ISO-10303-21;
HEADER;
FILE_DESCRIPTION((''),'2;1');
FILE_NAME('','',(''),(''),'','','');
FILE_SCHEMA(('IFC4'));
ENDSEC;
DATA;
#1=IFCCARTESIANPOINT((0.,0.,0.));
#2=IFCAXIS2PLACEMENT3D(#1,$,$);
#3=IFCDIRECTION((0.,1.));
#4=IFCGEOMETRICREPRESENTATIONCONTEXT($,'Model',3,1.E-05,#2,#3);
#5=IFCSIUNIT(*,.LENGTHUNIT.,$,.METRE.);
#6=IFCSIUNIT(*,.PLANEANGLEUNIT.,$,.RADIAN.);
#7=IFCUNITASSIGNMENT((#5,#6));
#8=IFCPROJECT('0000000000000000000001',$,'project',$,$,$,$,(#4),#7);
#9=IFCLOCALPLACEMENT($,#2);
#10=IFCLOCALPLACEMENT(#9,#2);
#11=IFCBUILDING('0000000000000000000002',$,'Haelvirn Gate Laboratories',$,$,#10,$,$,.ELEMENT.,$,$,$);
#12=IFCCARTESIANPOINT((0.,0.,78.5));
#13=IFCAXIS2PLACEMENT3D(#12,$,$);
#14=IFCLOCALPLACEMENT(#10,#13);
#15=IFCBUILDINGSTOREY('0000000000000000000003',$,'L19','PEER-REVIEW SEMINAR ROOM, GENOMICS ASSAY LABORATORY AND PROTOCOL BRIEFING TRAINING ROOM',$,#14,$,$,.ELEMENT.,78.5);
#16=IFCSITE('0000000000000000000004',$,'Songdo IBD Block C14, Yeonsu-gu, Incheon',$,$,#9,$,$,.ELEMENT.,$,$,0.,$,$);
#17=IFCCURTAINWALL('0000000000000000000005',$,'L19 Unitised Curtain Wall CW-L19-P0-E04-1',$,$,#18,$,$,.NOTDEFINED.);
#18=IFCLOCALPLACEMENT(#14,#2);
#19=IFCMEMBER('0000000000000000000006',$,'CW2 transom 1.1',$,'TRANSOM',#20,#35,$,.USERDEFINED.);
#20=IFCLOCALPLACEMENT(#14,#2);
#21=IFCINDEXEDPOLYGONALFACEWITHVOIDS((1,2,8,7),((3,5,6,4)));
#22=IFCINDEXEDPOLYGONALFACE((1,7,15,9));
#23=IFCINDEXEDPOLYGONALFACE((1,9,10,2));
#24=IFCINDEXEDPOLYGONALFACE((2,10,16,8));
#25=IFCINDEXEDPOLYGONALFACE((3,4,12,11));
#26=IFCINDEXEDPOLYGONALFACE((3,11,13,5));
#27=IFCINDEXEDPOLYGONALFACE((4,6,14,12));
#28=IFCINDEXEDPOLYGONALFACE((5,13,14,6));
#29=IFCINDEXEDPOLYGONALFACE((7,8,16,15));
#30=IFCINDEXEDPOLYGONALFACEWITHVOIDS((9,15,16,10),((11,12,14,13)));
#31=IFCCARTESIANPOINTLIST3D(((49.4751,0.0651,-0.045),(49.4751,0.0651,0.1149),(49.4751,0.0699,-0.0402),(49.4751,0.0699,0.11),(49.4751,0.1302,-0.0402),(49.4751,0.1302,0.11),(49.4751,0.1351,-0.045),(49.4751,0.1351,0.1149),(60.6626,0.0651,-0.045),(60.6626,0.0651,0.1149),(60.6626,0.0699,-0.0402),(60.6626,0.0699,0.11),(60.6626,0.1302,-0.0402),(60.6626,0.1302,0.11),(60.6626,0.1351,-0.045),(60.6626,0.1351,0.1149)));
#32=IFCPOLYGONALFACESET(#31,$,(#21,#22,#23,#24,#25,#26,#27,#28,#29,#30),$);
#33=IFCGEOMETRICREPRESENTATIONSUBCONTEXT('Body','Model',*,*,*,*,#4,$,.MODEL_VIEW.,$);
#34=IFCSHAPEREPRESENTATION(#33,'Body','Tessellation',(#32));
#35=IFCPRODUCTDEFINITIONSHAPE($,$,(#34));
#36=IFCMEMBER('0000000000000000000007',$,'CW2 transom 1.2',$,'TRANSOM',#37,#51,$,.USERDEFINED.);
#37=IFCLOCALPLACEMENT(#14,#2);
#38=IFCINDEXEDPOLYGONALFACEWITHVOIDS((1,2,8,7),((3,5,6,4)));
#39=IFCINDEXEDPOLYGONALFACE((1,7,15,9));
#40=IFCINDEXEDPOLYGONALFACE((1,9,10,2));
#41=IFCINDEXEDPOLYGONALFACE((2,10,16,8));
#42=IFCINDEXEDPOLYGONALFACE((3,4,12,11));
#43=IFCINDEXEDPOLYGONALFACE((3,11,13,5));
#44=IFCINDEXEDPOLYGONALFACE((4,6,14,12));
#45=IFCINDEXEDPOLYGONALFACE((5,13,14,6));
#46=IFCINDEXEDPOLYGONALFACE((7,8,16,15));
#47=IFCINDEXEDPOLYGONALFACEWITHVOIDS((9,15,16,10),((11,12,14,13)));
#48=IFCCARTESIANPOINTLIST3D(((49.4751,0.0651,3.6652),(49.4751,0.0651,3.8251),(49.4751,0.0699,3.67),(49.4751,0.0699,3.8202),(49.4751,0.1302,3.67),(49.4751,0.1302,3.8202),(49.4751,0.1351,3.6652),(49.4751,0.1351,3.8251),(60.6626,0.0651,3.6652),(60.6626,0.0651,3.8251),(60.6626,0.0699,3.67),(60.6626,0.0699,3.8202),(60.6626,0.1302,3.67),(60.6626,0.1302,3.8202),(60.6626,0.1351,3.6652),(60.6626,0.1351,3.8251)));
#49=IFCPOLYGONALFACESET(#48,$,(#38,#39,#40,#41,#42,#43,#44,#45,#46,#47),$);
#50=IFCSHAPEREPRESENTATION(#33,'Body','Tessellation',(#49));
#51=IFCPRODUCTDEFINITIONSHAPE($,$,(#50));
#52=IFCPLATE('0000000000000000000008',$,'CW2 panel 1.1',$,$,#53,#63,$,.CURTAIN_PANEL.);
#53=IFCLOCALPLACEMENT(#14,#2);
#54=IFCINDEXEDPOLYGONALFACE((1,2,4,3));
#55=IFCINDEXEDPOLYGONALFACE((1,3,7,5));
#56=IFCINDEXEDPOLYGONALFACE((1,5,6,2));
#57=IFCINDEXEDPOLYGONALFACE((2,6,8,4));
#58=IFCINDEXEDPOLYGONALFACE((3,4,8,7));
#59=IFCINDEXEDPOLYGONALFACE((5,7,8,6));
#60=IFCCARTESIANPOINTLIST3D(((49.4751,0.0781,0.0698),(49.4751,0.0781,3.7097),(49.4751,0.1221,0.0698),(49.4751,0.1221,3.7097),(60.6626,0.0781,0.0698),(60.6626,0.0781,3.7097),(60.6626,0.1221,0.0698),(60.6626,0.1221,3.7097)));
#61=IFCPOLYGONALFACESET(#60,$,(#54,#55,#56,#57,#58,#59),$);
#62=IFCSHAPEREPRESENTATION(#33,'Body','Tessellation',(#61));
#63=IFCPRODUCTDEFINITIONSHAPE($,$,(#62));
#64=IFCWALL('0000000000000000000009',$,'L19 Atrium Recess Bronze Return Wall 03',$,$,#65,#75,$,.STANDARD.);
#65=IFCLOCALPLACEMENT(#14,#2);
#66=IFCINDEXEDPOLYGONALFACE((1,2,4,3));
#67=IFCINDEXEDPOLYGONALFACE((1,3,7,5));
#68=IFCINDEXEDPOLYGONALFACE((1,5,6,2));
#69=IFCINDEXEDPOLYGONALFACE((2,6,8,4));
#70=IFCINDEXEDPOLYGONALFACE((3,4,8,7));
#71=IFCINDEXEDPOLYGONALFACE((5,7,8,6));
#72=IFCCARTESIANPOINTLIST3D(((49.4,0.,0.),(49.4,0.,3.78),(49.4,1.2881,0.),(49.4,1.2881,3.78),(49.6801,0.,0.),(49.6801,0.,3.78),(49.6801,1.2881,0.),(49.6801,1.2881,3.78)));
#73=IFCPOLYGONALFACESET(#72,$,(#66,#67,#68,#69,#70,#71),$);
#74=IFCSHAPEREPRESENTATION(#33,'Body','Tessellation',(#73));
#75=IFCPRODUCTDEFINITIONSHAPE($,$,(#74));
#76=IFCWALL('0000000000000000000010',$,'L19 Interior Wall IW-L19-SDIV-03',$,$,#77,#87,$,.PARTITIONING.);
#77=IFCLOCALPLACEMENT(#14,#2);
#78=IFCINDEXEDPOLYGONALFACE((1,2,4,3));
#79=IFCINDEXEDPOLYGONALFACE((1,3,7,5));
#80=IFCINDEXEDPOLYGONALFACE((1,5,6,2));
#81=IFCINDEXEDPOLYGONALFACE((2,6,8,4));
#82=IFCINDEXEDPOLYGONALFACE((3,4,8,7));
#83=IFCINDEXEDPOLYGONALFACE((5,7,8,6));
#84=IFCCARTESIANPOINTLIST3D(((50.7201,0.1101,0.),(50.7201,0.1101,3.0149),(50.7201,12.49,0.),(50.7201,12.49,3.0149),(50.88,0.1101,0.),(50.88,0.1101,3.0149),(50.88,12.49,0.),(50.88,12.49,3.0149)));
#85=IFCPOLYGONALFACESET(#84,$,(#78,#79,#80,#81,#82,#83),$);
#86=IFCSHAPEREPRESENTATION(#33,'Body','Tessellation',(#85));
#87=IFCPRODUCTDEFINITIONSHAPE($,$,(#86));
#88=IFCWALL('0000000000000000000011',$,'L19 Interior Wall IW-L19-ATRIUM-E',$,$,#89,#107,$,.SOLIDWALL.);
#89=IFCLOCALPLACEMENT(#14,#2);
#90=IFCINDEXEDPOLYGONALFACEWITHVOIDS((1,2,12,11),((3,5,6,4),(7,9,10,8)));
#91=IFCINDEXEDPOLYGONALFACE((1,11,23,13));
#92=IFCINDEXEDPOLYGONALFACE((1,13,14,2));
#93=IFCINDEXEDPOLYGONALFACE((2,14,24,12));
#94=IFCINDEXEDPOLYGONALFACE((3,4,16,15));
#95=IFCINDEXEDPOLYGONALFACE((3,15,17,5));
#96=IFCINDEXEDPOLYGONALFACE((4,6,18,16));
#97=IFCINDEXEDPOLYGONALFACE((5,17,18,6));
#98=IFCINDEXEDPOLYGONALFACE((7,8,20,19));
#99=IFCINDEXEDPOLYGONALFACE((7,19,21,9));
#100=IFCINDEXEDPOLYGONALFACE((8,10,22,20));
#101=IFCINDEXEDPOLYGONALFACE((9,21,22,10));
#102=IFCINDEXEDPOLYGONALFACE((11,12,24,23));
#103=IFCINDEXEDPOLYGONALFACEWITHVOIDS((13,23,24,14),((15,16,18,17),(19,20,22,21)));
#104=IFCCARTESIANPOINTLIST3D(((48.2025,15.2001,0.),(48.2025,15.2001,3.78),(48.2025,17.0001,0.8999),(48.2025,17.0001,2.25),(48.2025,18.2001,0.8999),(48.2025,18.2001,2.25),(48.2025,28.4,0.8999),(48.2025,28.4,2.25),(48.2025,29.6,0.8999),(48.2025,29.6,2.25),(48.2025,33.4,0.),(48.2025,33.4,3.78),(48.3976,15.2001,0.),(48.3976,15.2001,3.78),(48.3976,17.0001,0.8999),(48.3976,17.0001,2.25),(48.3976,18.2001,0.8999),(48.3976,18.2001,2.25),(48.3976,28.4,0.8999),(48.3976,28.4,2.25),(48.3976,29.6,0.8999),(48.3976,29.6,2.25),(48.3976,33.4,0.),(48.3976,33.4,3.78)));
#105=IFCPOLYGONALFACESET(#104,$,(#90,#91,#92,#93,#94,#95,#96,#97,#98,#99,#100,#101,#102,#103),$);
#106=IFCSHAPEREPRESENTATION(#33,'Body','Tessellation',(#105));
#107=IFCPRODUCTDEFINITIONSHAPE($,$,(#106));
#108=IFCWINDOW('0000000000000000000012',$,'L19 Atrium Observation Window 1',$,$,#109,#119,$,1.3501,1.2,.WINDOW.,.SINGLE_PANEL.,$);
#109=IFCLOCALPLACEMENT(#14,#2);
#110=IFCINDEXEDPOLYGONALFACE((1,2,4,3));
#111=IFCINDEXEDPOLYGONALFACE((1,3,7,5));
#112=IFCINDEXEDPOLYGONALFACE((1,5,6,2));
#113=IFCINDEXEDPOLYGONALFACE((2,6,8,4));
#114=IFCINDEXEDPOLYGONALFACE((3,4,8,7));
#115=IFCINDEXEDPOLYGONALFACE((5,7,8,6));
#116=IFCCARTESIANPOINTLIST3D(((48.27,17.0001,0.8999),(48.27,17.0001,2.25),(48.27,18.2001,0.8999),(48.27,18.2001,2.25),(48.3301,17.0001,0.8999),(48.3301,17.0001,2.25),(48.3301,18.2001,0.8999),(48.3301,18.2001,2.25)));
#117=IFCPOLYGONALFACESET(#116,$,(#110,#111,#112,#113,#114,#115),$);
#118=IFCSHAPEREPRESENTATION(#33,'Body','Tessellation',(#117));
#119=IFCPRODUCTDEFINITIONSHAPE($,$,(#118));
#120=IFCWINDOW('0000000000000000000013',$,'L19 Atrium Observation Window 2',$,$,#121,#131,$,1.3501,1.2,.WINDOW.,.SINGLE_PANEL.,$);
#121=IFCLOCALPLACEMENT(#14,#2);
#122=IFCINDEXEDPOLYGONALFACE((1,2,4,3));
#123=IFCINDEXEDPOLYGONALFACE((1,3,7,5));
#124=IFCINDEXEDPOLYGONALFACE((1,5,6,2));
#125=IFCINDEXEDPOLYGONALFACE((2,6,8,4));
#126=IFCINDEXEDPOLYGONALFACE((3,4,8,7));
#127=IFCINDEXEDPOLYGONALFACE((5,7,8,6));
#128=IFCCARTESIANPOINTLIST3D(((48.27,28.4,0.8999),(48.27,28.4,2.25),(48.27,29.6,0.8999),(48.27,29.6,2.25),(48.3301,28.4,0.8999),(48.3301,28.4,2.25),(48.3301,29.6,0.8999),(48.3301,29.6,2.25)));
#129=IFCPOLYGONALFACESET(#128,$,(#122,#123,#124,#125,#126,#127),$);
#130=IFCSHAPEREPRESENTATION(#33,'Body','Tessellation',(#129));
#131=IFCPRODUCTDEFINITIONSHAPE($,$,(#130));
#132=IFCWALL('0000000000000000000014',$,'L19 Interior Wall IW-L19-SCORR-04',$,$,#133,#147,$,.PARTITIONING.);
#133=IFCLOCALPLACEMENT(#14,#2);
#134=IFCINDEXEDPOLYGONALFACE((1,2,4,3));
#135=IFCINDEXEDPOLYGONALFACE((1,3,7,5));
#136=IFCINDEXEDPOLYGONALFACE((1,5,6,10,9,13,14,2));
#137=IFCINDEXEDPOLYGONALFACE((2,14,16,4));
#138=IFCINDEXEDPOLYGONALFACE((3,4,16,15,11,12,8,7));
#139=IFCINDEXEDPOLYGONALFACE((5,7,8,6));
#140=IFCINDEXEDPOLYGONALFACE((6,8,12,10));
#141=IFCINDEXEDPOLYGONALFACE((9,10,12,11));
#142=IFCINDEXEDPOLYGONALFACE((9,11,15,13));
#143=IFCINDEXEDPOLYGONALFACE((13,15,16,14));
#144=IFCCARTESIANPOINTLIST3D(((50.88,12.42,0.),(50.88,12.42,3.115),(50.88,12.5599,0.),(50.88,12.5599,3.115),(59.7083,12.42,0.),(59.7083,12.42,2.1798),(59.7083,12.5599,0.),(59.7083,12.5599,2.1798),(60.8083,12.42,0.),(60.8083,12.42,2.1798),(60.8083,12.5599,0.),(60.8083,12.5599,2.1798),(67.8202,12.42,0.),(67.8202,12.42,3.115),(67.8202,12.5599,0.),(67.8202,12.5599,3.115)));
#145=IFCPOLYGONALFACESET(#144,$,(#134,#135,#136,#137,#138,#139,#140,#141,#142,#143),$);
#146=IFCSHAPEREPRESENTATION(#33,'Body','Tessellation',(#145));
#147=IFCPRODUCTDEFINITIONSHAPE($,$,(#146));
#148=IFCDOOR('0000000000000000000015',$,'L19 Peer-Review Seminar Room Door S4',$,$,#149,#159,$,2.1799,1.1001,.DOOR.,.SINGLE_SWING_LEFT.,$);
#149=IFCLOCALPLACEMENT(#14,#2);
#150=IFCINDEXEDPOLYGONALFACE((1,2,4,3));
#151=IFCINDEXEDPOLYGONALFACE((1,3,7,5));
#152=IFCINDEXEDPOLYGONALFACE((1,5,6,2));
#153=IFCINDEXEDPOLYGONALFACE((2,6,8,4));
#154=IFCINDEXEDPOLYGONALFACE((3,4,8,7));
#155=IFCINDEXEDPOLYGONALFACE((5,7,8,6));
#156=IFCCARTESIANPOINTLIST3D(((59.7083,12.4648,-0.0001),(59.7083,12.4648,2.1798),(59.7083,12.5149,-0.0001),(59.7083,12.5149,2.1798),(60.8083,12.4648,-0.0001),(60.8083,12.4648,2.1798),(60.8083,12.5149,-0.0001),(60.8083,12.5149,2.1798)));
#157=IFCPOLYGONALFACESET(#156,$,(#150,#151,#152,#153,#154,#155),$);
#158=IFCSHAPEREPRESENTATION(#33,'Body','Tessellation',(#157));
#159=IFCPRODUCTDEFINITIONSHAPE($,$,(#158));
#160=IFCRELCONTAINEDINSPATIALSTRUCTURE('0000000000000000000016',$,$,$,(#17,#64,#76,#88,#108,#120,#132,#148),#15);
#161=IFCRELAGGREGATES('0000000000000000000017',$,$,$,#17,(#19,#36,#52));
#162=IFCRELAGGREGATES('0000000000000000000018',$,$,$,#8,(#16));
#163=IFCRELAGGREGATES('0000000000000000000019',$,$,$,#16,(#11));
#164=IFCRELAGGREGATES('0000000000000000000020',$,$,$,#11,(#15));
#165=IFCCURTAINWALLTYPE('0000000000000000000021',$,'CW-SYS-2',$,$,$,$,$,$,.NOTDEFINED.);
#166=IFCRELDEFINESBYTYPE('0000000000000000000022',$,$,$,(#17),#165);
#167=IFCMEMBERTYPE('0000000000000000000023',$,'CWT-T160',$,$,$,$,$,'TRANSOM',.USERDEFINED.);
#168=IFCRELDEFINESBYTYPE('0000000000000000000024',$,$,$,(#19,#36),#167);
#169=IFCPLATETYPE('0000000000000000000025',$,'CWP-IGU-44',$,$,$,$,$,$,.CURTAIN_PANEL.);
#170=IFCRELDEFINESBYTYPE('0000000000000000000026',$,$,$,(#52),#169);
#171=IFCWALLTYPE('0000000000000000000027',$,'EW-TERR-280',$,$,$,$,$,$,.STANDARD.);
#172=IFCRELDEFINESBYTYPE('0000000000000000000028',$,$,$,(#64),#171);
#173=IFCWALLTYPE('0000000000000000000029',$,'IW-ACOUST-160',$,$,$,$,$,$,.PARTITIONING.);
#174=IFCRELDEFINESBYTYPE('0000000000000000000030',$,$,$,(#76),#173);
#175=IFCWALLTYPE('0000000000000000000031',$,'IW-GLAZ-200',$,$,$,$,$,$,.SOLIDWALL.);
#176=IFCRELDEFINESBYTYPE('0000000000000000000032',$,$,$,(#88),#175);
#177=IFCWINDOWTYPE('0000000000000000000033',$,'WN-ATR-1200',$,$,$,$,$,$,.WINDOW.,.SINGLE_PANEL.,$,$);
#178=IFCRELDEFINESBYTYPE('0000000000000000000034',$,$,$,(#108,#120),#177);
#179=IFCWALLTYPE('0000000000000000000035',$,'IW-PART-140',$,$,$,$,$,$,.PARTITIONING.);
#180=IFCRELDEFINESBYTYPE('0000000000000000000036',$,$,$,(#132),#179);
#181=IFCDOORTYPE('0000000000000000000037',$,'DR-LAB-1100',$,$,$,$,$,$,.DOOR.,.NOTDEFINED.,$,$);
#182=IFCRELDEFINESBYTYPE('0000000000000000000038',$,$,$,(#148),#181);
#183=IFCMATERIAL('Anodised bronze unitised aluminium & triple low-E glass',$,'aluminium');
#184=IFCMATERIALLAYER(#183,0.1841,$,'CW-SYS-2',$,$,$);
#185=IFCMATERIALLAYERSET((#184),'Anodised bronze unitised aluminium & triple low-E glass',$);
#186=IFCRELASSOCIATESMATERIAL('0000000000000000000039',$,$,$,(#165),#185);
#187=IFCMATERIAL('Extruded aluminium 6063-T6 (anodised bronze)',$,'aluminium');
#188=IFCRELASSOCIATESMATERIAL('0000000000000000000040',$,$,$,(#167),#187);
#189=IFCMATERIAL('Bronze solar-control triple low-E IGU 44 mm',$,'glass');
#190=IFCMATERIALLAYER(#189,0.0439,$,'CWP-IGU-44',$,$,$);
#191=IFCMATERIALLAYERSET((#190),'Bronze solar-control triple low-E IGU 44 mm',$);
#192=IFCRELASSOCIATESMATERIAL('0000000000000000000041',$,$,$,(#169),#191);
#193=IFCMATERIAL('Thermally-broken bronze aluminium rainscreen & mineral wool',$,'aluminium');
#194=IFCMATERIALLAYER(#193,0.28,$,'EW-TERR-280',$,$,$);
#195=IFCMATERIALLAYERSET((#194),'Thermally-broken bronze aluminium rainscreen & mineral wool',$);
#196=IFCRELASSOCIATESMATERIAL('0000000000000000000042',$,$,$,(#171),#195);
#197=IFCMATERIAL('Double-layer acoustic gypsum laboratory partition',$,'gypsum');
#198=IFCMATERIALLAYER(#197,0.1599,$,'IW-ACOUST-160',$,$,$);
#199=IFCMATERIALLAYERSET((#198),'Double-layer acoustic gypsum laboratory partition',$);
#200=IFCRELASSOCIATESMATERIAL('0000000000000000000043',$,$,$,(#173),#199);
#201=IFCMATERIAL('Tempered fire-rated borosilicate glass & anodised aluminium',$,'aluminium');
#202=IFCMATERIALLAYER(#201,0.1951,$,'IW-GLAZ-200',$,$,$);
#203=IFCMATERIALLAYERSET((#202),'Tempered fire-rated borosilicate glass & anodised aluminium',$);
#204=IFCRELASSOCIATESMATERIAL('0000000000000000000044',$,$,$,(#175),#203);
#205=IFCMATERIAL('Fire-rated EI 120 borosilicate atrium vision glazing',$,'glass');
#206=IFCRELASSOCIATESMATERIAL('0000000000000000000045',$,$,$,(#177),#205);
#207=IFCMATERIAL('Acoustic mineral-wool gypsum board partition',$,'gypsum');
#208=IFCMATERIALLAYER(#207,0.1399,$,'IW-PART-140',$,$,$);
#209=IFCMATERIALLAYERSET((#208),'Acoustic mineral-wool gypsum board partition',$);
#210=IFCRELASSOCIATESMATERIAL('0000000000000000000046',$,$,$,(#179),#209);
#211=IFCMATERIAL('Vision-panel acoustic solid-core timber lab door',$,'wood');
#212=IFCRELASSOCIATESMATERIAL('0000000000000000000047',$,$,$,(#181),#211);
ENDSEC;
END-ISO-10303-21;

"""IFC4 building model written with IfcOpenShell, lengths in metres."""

from ifc_helpers import new_model, si_unit, direction, frame, frame_2d, origin, origin_2d, place, context, subcontext, project, spatial, rectangle, hollow_rectangle, extrude, source, transform, mapped, material, layer, layer_set, material_profile, profile_set, type_object, type_shapes, element, fill, aggregate, save


model = new_model("IFC4")

# Units and contexts
model_context = context("Model", 3, precision=1e-05, world=origin(), true_north=direction((0.0, 1.0)))
body_context = subcontext(model_context, "Body", "Model", "MODEL_VIEW")
ifc_project = project(units=[si_unit("LENGTHUNIT", "METRE"), si_unit("PLANEANGLEUNIT", "RADIAN")], contexts=[model_context])

# Site, building, storey
site_placement = place(None, origin())
site = spatial("IfcSite", under=ifc_project, at=site_placement, Name="Songdo IBD Block C14, Yeonsu-gu, Incheon", CompositionType="ELEMENT", RefElevation=0.0)
building_placement = place(site_placement, origin())
building = spatial("IfcBuilding", under=site, at=building_placement, Name="Haelvirn Gate Laboratories", CompositionType="ELEMENT")
storey_placement = place(building_placement, frame((0.0, 0.0, 78.5)))
storey = spatial("IfcBuildingStorey", under=building, at=storey_placement, Name="L19", Description="PEER-REVIEW SEMINAR ROOM, GENOMICS ASSAY LABORATORY AND PROTOCOL BRIEFING TRAINING ROOM", CompositionType="ELEMENT", Elevation=78.5)

# Shared definitions
ifc_material_1 = material(Name="Anodised bronze unitised aluminium & triple low-E glass", Category="aluminium")
ifc_layer_1 = layer(ifc_material_1, 0.1841, Name="CW-SYS-2")
ifc_layer_set_1 = layer_set([ifc_layer_1], Name="Anodised bronze unitised aluminium & triple low-E glass")
curtain_wall_type = type_object("IfcCurtainWallType", Name="CW-SYS-2", PredefinedType="NOTDEFINED", material=ifc_layer_set_1)
ifc_material_2 = material(Name="Extruded aluminium 6063-T6 (anodised bronze)", Category="aluminium")

# Curtain wall, members, plate
curtain_wall_1_placement = place(storey_placement, origin())
curtain_wall_1 = element("IfcCurtainWall", 1, at=curtain_wall_1_placement, inside=storey, type_object=curtain_wall_type, Name="L19 Unitised Curtain Wall CW-L19-P0-E04-1", PredefinedType="NOTDEFINED")
ifc_material_profile_1 = material_profile(ifc_material_2, hollow_rectangle(XDim=0.0701, YDim=0.1599, WallThickness=0.0049, at=origin_2d()), Name="CWT-160x70x5")
ifc_profile_set_1 = profile_set([ifc_material_profile_1], Name="Extruded aluminium 6063-T6 (anodised bronze)")
member_type_1 = type_object("IfcMemberType", Name="CWT-T160", ElementType="TRANSOM", PredefinedType="USERDEFINED", material=ifc_profile_set_1)
shared_shape_1 = source(origin(), body_context, "Body", "SweptSolid", [
    extrude(hollow_rectangle(XDim=0.0701, YDim=0.1599, WallThickness=0.0049, at=origin_2d()), origin(), (0.0, 0.0, 1.0), 11.1875),
])
type_shapes(member_type_1, [shared_shape_1])
member_1_placement = place(storey_placement, frame((49.4751, 0.1001, 0.0349), z_axis=(1.0, 0.0, 0.0), x_axis=(0.0, 1.0, 0.0)))
member_1 = element("IfcMember", 2, at=member_1_placement, type_object=member_type_1, Name="CW2 transom 1.1", ObjectType="TRANSOM", PredefinedType="USERDEFINED", context=body_context, shape_type="MappedRepresentation", body=[
    mapped(shared_shape_1, transform((0.0, 0.0, 0.0), scale=1.0)),
])
member_2_placement = place(storey_placement, frame((49.4751, 0.1001, 3.7451), z_axis=(1.0, 0.0, 0.0), x_axis=(0.0, 1.0, 0.0)))
member_2 = element("IfcMember", 3, at=member_2_placement, type_object=member_type_1, Name="CW2 transom 1.2", ObjectType="TRANSOM", PredefinedType="USERDEFINED", context=body_context, shape_type="MappedRepresentation", body=[
    mapped(shared_shape_1, transform((0.0, 0.0, 0.0), scale=1.0)),
])
ifc_material_3 = material(Name="Bronze solar-control triple low-E IGU 44 mm", Category="glass")
ifc_layer_2 = layer(ifc_material_3, 0.0439, Name="CWP-IGU-44")
ifc_layer_set_2 = layer_set([ifc_layer_2], Name="Bronze solar-control triple low-E IGU 44 mm")
plate_type = type_object("IfcPlateType", Name="CWP-IGU-44", PredefinedType="CURTAIN_PANEL", material=ifc_layer_set_2)
shared_shape_2 = source(origin(), body_context, "Body", "SweptSolid", [
    extrude(rectangle(XDim=11.1875, YDim=0.0439, at=origin_2d()), origin(), (0.0, 0.0, 1.0), 3.6399),
])
type_shapes(plate_type, [shared_shape_2])
plate_placement = place(storey_placement, frame((55.0688, 0.1001, 0.0698), z_axis=(0.0, 0.0, 1.0), x_axis=(1.0, 0.0, 0.0)))
plate = element("IfcPlate", 4, at=plate_placement, type_object=plate_type, Name="CW2 panel 1.1", PredefinedType="CURTAIN_PANEL", context=body_context, shape_type="MappedRepresentation", body=[
    mapped(shared_shape_2, transform((0.0, 0.0, 0.0), scale=1.0)),
])
aggregate(curtain_wall_1, [member_1, member_2, plate])

# Walls
ifc_material_4 = material(Name="Thermally-broken bronze aluminium rainscreen & mineral wool", Category="aluminium")
ifc_layer_3 = layer(ifc_material_4, 0.28, Name="EW-TERR-280")
ifc_layer_set_3 = layer_set([ifc_layer_3], Name="Thermally-broken bronze aluminium rainscreen & mineral wool")
wall_type_1 = type_object("IfcWallType", Name="EW-TERR-280", PredefinedType="STANDARD", material=ifc_layer_set_3)
wall_1_placement = place(storey_placement, frame((49.54, 1.2881, 0.0), z_axis=(0.0, 0.0, 1.0), x_axis=(0.0, -1.0, 0.0)))
element("IfcWall", 5, at=wall_1_placement, inside=storey, type_object=wall_type_1, Name="L19 Atrium Recess Bronze Return Wall 03", PredefinedType="STANDARD", context=body_context, shape_type="SweptSolid", body=[
    extrude(rectangle(XDim=1.2881, YDim=0.28, at=frame_2d((0.644, 0.0))), origin(), (0.0, 0.0, 1.0), 3.78),
])
ifc_material_5 = material(Name="Double-layer acoustic gypsum laboratory partition", Category="gypsum")
ifc_layer_4 = layer(ifc_material_5, 0.1599, Name="IW-ACOUST-160")
ifc_layer_set_4 = layer_set([ifc_layer_4], Name="Double-layer acoustic gypsum laboratory partition")
wall_type_2 = type_object("IfcWallType", Name="IW-ACOUST-160", PredefinedType="PARTITIONING", material=ifc_layer_set_4)
wall_2_placement = place(storey_placement, frame((50.8, 0.1101, 0.0), z_axis=(0.0, 0.0, 1.0), x_axis=(0.0, 1.0, 0.0)))
element("IfcWall", 6, at=wall_2_placement, inside=storey, type_object=wall_type_2, Name="L19 Interior Wall IW-L19-SDIV-03", PredefinedType="PARTITIONING", context=body_context, shape_type="SweptSolid", body=[
    extrude(rectangle(XDim=12.3799, YDim=0.1599, at=frame_2d((6.1899, 0.0))), origin(), (0.0, 0.0, 1.0), 3.0149),
])

# Wall, openings, windows
ifc_material_6 = material(Name="Tempered fire-rated borosilicate glass & anodised aluminium", Category="aluminium")
ifc_layer_5 = layer(ifc_material_6, 0.1951, Name="IW-GLAZ-200")
ifc_layer_set_5 = layer_set([ifc_layer_5], Name="Tempered fire-rated borosilicate glass & anodised aluminium")
wall_type_3 = type_object("IfcWallType", Name="IW-GLAZ-200", PredefinedType="SOLIDWALL", material=ifc_layer_set_5)
wall_3_placement = place(storey_placement, frame((48.3, 15.2, 0.0), z_axis=(0.0, 0.0, 1.0), x_axis=(0.0, 1.0, 0.0)))
wall_3 = element("IfcWall", 7, at=wall_3_placement, inside=storey, type_object=wall_type_3, Name="L19 Interior Wall IW-L19-ATRIUM-E", PredefinedType="SOLIDWALL", context=body_context, shape_type="SweptSolid", body=[
    extrude(rectangle(XDim=18.2, YDim=0.1951, at=frame_2d((9.1001, 0.0))), origin(), (0.0, 0.0, 1.0), 3.78),
])
opening_1_placement = place(wall_3_placement, frame((1.8, 0.0, 0.8999)))
opening_1 = element("IfcOpeningElement", 8, at=opening_1_placement, cuts=wall_3, PredefinedType="OPENING", context=body_context, shape_type="SweptSolid", body=[
    extrude(rectangle(XDim=1.2, YDim=1.3501, at=frame_2d((0.6001, 0.675))), frame((0.0, 0.1074, 0.0), z_axis=(0.0, -1.0, 0.0), x_axis=(1.0, 0.0, 0.0)), (0.0, 0.0, 1.0), 0.2151),
])
opening_2_placement = place(wall_3_placement, frame((13.2, 0.0, 0.8999)))
opening_2 = element("IfcOpeningElement", 9, at=opening_2_placement, cuts=wall_3, PredefinedType="OPENING", context=body_context, shape_type="SweptSolid", body=[
    extrude(rectangle(XDim=1.2, YDim=1.3501, at=frame_2d((0.6001, 0.675))), frame((0.0, 0.1074, 0.0), z_axis=(0.0, -1.0, 0.0), x_axis=(1.0, 0.0, 0.0)), (0.0, 0.0, 1.0), 0.2151),
])
ifc_material_7 = material(Name="Fire-rated EI 120 borosilicate atrium vision glazing", Category="glass")
window_type = type_object("IfcWindowType", Name="WN-ATR-1200", PartitioningType="SINGLE_PANEL", PredefinedType="WINDOW", material=ifc_material_7)
shared_shape_3 = source(origin(), body_context, "Body", "SweptSolid", [
    extrude(rectangle(XDim=1.2, YDim=1.3501, at=frame_2d((0.6001, 0.675))), frame((0.0, 0.03, 0.0), z_axis=(0.0, -1.0, 0.0), x_axis=(1.0, 0.0, 0.0)), (0.0, 0.0, 1.0), 0.0601),
])
type_shapes(window_type, [shared_shape_3])
window_1_placement = place(opening_1_placement, origin())
window_1 = element("IfcWindow", 10, at=window_1_placement, inside=storey, type_object=window_type, Name="L19 Atrium Observation Window 1", OverallHeight=1.3501, OverallWidth=1.2, PartitioningType="SINGLE_PANEL", PredefinedType="WINDOW", context=body_context, shape_type="MappedRepresentation", body=[
    mapped(shared_shape_3, transform((0.0, 0.0, 0.0), scale=1.0)),
])
fill(opening_1, window_1)
window_2_placement = place(opening_2_placement, origin())
window_2 = element("IfcWindow", 11, at=window_2_placement, inside=storey, type_object=window_type, Name="L19 Atrium Observation Window 2", OverallHeight=1.3501, OverallWidth=1.2, PartitioningType="SINGLE_PANEL", PredefinedType="WINDOW", context=body_context, shape_type="MappedRepresentation", body=[
    mapped(shared_shape_3, transform((0.0, 0.0, 0.0), scale=1.0)),
])
fill(opening_2, window_2)

# Wall, opening, door
ifc_material_8 = material(Name="Acoustic mineral-wool gypsum board partition", Category="gypsum")
ifc_layer_6 = layer(ifc_material_8, 0.1399, Name="IW-PART-140")
ifc_layer_set_6 = layer_set([ifc_layer_6], Name="Acoustic mineral-wool gypsum board partition")
wall_type_4 = type_object("IfcWallType", Name="IW-PART-140", PredefinedType="PARTITIONING", material=ifc_layer_set_6)
wall_4_placement = place(storey_placement, frame((50.8799, 12.49, 0.0), z_axis=(0.0, 0.0, 1.0), x_axis=(1.0, 0.0, 0.0)))
wall_4 = element("IfcWall", 12, at=wall_4_placement, inside=storey, type_object=wall_type_4, Name="L19 Interior Wall IW-L19-SCORR-04", PredefinedType="PARTITIONING", context=body_context, shape_type="SweptSolid", body=[
    extrude(rectangle(XDim=16.9402, YDim=0.1399, at=frame_2d((8.4702, 0.0))), origin(), (0.0, 0.0, 1.0), 3.115),
])
opening_3_placement = place(wall_4_placement, frame((8.8284, 0.0, 0.0)))
opening_3 = element("IfcOpeningElement", 13, at=opening_3_placement, cuts=wall_4, PredefinedType="OPENING", context=body_context, shape_type="SweptSolid", body=[
    extrude(rectangle(XDim=1.1001, YDim=2.1799, at=frame_2d((0.55, 1.0898))), frame((0.0, 0.0801, 0.0), z_axis=(0.0, -1.0, 0.0), x_axis=(1.0, 0.0, 0.0)), (0.0, 0.0, 1.0), 0.1599),
])
ifc_material_9 = material(Name="Vision-panel acoustic solid-core timber lab door", Category="wood")
door_type_1 = type_object("IfcDoorType", Name="DR-LAB-1100", OperationType="NOTDEFINED", PredefinedType="DOOR", material=ifc_material_9)
shared_shape_4 = source(origin(), body_context, "Body", "SweptSolid", [
    extrude(rectangle(XDim=1.1001, YDim=2.1799, at=frame_2d((0.55, 1.0898))), frame((0.0, 0.0249, 0.0), z_axis=(0.0, -1.0, 0.0), x_axis=(1.0, 0.0, 0.0)), (0.0, 0.0, 1.0), 0.05),
])
type_shapes(door_type_1, [shared_shape_4])
door_1_placement = place(opening_3_placement, origin())
door_1 = element("IfcDoor", 14, at=door_1_placement, inside=storey, type_object=door_type_1, Name="L19 Peer-Review Seminar Room Door S4", OperationType="SINGLE_SWING_LEFT", OverallHeight=2.1799, OverallWidth=1.1001, PredefinedType="DOOR", context=body_context, shape_type="MappedRepresentation", body=[
    mapped(shared_shape_4, transform((0.0, 0.0, 0.0), scale=1.0)),
])
fill(opening_3, door_1)

save(model, "model.ifc")
